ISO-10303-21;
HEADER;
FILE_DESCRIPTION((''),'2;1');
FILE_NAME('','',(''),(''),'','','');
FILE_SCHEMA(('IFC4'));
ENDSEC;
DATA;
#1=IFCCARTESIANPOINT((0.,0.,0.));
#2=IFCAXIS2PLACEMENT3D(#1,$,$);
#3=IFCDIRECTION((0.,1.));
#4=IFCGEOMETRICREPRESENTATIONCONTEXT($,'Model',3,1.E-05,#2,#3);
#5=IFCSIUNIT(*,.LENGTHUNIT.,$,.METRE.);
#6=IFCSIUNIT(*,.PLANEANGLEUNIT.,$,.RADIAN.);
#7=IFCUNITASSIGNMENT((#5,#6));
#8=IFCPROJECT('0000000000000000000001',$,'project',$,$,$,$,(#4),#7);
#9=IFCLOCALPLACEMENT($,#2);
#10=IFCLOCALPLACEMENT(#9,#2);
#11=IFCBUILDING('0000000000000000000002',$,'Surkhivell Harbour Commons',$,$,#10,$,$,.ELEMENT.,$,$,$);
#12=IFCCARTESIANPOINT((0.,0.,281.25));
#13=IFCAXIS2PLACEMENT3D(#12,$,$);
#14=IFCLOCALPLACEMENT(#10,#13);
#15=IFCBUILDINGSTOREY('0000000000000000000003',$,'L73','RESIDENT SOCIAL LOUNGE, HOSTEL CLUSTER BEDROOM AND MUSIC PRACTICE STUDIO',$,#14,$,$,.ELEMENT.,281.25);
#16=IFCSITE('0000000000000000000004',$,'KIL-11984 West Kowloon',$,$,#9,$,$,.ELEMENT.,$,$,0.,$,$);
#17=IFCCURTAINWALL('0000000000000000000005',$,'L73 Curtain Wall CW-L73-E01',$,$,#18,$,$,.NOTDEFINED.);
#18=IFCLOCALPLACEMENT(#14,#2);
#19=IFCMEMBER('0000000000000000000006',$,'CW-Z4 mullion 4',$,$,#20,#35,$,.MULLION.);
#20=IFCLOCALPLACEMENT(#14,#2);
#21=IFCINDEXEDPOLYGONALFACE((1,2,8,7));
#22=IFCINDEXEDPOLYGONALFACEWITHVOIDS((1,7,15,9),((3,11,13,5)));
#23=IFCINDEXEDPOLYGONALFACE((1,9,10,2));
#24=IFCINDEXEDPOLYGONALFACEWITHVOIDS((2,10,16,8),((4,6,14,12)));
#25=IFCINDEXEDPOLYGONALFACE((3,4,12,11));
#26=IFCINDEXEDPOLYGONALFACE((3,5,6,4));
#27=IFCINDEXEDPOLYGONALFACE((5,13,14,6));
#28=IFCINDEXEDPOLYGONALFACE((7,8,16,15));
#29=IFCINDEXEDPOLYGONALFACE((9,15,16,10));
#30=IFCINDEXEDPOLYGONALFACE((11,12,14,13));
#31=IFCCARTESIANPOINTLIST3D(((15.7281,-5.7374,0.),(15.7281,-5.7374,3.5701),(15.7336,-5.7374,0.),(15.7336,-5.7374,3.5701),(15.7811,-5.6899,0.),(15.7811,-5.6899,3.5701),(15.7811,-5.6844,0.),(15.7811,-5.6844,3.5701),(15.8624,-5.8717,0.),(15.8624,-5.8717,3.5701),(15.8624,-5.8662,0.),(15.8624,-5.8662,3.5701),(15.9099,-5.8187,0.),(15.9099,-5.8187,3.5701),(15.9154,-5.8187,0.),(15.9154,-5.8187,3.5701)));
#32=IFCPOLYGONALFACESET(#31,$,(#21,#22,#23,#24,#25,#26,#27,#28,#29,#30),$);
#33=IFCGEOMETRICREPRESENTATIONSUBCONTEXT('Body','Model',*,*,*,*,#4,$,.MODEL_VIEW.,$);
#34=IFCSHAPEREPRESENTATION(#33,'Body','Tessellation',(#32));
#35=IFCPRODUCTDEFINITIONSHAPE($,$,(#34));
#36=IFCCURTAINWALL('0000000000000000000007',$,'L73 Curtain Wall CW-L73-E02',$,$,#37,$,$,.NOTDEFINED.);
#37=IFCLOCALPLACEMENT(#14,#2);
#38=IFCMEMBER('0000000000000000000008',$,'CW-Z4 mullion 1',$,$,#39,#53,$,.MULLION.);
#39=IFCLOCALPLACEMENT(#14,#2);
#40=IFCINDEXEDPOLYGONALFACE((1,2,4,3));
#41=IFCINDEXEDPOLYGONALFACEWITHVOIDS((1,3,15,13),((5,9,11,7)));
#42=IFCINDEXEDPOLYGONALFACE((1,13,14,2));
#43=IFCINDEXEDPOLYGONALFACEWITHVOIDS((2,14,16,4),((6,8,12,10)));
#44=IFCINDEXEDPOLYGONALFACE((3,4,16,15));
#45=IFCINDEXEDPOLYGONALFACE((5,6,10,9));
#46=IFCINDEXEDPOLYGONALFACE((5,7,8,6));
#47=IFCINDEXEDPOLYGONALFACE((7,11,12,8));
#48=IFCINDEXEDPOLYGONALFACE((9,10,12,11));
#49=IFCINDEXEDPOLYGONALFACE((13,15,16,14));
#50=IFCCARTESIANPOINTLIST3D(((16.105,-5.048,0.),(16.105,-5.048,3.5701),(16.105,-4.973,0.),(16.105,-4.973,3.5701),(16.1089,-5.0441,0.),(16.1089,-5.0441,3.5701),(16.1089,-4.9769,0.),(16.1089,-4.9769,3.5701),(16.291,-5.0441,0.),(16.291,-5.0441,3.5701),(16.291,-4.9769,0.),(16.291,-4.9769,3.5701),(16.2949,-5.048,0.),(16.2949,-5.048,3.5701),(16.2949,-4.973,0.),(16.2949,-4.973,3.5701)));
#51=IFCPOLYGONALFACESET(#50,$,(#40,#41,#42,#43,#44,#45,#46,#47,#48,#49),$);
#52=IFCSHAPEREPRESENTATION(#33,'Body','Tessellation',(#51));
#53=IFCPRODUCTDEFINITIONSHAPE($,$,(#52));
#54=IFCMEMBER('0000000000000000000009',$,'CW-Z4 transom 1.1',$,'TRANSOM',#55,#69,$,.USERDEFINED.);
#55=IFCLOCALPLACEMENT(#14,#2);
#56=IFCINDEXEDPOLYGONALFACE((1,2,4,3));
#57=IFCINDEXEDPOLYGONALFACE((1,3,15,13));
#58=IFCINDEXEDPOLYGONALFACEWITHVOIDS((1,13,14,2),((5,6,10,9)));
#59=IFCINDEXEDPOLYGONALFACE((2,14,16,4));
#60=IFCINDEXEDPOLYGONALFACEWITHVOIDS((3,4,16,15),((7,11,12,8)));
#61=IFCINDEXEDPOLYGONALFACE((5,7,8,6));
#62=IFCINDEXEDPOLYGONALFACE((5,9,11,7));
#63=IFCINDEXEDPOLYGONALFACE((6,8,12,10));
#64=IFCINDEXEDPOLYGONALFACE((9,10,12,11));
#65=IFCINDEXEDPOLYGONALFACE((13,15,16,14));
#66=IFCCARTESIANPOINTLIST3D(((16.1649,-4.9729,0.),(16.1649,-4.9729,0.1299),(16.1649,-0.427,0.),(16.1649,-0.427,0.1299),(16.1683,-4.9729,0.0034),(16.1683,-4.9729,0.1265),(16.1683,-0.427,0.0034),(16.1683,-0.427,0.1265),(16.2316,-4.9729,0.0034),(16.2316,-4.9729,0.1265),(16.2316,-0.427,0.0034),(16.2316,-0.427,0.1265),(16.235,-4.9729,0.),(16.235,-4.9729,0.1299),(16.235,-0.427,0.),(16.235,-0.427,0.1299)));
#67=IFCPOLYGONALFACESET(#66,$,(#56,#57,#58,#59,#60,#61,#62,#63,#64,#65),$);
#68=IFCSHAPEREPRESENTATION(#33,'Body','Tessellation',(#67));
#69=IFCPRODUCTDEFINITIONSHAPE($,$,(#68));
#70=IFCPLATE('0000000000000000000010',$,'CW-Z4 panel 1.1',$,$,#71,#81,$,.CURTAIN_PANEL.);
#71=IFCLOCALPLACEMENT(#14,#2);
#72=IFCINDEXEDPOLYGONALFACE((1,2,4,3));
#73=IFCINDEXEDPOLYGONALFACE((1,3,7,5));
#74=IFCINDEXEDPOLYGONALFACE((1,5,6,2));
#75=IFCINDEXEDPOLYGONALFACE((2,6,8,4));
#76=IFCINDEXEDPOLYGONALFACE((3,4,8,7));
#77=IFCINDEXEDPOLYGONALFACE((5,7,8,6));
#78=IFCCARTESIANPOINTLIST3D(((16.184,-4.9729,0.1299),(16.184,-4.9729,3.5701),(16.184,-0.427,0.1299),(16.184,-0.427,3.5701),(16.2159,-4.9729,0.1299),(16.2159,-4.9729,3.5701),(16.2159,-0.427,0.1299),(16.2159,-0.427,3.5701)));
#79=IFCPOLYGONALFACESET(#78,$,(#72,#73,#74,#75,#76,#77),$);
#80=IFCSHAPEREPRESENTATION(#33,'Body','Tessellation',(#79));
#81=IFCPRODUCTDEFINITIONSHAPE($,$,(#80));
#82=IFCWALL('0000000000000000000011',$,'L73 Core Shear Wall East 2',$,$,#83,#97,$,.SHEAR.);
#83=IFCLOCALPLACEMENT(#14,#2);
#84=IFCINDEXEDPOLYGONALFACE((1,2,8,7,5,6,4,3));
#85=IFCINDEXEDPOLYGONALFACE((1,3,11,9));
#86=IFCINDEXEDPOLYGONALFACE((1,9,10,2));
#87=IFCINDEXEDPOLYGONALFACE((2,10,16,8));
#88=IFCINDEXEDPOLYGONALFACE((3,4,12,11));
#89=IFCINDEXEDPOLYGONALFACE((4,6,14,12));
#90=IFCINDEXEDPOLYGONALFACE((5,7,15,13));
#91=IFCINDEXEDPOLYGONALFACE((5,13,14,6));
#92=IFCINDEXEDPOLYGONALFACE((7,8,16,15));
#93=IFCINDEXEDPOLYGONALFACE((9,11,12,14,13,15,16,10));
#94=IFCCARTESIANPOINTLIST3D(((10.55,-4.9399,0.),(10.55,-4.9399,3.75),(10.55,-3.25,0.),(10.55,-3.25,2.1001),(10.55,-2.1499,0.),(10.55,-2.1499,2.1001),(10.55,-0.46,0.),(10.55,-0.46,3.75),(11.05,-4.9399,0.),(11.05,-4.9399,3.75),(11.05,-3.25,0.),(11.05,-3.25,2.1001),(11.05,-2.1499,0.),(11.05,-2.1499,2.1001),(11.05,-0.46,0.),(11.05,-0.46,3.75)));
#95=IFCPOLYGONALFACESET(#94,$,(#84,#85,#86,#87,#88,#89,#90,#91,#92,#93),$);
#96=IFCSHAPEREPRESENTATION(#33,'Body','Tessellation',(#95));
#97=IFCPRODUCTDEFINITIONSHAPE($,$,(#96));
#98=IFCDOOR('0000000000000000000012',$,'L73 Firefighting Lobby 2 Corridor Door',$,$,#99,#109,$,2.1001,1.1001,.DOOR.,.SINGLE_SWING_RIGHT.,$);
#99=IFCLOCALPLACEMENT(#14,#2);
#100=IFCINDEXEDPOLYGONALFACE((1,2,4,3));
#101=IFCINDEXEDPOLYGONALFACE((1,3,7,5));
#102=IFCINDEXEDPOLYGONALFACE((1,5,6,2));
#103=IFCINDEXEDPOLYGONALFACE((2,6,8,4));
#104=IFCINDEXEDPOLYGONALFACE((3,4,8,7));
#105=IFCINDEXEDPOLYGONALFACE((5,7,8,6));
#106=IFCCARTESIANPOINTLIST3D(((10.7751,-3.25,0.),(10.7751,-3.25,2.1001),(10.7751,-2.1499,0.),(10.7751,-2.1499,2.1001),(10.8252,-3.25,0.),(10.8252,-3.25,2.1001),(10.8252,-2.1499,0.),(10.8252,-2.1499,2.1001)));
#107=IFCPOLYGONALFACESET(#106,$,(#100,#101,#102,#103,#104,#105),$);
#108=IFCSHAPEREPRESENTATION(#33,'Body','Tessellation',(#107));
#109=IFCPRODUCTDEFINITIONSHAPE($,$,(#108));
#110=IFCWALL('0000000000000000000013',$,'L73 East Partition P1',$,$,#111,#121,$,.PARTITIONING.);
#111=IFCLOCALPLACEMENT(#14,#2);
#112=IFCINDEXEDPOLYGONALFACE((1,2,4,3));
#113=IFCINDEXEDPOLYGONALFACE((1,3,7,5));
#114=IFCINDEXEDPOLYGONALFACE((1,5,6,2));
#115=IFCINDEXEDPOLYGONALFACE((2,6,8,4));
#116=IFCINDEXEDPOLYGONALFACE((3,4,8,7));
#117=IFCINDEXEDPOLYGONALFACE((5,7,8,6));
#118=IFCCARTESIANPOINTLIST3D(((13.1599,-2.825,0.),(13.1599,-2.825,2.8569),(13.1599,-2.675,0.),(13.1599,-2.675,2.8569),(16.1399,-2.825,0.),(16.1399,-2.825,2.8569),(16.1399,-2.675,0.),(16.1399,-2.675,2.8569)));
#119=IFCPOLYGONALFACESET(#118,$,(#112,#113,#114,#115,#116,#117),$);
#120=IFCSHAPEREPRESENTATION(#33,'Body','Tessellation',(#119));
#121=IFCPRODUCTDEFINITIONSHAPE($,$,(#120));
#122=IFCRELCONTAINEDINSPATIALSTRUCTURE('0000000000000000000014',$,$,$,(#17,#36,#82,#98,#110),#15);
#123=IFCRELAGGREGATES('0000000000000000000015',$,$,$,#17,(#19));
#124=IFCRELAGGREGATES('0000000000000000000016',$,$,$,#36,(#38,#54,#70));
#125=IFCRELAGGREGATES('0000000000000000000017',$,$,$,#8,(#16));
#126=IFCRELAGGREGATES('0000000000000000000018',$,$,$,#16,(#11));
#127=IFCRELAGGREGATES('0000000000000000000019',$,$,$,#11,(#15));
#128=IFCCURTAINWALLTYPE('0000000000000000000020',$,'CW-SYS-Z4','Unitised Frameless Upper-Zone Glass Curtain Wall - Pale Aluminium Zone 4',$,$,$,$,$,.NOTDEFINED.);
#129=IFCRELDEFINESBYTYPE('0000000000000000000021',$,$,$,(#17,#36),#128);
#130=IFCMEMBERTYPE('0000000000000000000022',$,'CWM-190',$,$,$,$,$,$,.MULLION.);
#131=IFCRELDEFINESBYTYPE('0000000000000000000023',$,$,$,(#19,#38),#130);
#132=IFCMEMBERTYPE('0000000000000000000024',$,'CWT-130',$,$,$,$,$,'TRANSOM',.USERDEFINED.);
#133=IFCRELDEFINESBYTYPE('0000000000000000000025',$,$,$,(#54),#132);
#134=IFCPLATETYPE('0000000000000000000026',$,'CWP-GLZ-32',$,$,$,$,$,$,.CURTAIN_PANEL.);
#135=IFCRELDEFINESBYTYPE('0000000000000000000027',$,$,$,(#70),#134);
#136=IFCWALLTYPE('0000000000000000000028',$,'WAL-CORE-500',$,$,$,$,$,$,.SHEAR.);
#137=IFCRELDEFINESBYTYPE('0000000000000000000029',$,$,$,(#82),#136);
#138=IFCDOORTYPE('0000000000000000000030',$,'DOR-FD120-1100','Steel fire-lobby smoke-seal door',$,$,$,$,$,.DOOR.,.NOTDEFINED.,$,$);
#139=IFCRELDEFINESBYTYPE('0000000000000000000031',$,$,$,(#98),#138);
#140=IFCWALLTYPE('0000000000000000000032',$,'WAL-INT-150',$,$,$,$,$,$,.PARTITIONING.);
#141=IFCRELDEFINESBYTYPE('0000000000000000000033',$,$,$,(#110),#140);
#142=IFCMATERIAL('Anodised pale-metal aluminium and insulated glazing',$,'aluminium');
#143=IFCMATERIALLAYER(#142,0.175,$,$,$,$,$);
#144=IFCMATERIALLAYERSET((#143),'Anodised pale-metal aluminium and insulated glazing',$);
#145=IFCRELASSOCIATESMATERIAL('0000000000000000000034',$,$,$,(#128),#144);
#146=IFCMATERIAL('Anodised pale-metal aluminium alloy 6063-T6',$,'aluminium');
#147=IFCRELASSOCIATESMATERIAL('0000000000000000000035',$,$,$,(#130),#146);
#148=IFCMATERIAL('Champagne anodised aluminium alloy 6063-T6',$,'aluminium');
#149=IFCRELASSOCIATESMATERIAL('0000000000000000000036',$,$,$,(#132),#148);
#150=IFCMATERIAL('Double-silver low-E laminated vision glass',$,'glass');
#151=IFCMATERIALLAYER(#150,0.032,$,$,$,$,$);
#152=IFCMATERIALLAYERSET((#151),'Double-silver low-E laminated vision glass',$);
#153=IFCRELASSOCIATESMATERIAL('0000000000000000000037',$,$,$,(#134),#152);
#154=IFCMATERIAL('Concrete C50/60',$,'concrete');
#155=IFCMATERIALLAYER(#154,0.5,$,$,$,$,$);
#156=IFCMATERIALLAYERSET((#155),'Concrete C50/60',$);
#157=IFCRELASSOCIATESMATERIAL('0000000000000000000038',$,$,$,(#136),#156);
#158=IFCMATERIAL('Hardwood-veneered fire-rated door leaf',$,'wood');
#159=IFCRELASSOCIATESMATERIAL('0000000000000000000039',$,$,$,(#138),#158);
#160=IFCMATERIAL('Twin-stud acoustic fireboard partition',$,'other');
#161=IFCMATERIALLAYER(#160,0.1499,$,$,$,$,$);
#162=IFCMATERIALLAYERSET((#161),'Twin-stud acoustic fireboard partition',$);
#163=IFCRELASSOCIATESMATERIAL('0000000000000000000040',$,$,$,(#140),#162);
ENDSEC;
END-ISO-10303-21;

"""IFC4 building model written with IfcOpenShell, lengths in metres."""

from ifc_helpers import new_model, si_unit, direction, frame, frame_2d, origin, origin_2d, place, context, subcontext, project, spatial, rectangle, hollow_rectangle, extrude, material, layer, layer_set, material_profile, profile_set, type_object, element, fill, aggregate, save


model = new_model("IFC4")

# Units and contexts
model_context = context("Model", 3, precision=1e-05, world=origin(), true_north=direction((0.0, 1.0)))
body_context = subcontext(model_context, "Body", "Model", "MODEL_VIEW")
ifc_project = project(units=[si_unit("LENGTHUNIT", "METRE"), si_unit("PLANEANGLEUNIT", "RADIAN")], contexts=[model_context])

# Site, building, storey
site_placement = place(None, origin())
site = spatial("IfcSite", under=ifc_project, at=site_placement, Name="KIL-11984 West Kowloon", CompositionType="ELEMENT", RefElevation=0.0)
building_placement = place(site_placement, origin())
building = spatial("IfcBuilding", under=site, at=building_placement, Name="Surkhivell Harbour Commons", CompositionType="ELEMENT")
storey_placement = place(building_placement, frame((0.0, 0.0, 281.25)))
storey = spatial("IfcBuildingStorey", under=building, at=storey_placement, Name="L73", Description="RESIDENT SOCIAL LOUNGE, HOSTEL CLUSTER BEDROOM AND MUSIC PRACTICE STUDIO", CompositionType="ELEMENT", Elevation=281.25)

# Shared definitions
ifc_material_1 = material(Name="Concrete C50/60", Category="concrete")

# Curtain wall, member
ifc_material_2 = material(Name="Anodised pale-metal aluminium and insulated glazing", Category="aluminium")
ifc_layer_1 = layer(ifc_material_2, 0.175)
ifc_layer_set_1 = layer_set([ifc_layer_1], Name="Anodised pale-metal aluminium and insulated glazing")
curtain_wall_type = type_object("IfcCurtainWallType", Name="CW-SYS-Z4", Description="Unitised Frameless Upper-Zone Glass Curtain Wall - Pale Aluminium Zone 4", PredefinedType="NOTDEFINED", material=ifc_layer_set_1)
curtain_wall_1_placement = place(storey_placement, origin())
curtain_wall_1 = element("IfcCurtainWall", 1, at=curtain_wall_1_placement, inside=storey, type_object=curtain_wall_type, Name="L73 Curtain Wall CW-L73-E01", PredefinedType="NOTDEFINED")
ifc_material_3 = material(Name="Anodised pale-metal aluminium alloy 6063-T6", Category="aluminium")
ifc_material_profile_1 = material_profile(ifc_material_3, hollow_rectangle(XDim=0.075, YDim=0.1899, WallThickness=0.0039, at=origin_2d()), Name="ALU-MULL-75x190")
ifc_profile_set_1 = profile_set([ifc_material_profile_1], Name="Anodised pale-metal aluminium alloy 6063-T6")
member_type_1 = type_object("IfcMemberType", Name="CWM-190", PredefinedType="MULLION", material=ifc_profile_set_1)
member_1_placement = place(storey_placement, frame((15.8218, -5.7781, 0.0), z_axis=(0.0, 0.0, 1.0), x_axis=(0.707107, 0.707107, 0.0)))
member_1 = element("IfcMember", 2, at=member_1_placement, type_object=member_type_1, Name="CW-Z4 mullion 4", PredefinedType="MULLION", context=body_context, shape_type="SweptSolid", body=[
    extrude(hollow_rectangle(XDim=0.075, YDim=0.1899, WallThickness=0.0039, at=origin_2d()), origin(), (0.0, 0.0, 1.0), 3.5701),
])
aggregate(curtain_wall_1, [member_1])

# Curtain wall, members, plate
curtain_wall_2_placement = place(storey_placement, origin())
curtain_wall_2 = element("IfcCurtainWall", 3, at=curtain_wall_2_placement, inside=storey, type_object=curtain_wall_type, Name="L73 Curtain Wall CW-L73-E02", PredefinedType="NOTDEFINED")
member_2_placement = place(storey_placement, frame((16.2, -5.0105, 0.0), z_axis=(0.0, 0.0, 1.0), x_axis=(0.0, 1.0, 0.0)))
member_2 = element("IfcMember", 4, at=member_2_placement, type_object=member_type_1, Name="CW-Z4 mullion 1", PredefinedType="MULLION", context=body_context, shape_type="SweptSolid", body=[
    extrude(hollow_rectangle(XDim=0.075, YDim=0.1899, WallThickness=0.0039, at=origin_2d()), origin(), (0.0, 0.0, 1.0), 3.5701),
])
ifc_material_4 = material(Name="Champagne anodised aluminium alloy 6063-T6", Category="aluminium")
ifc_material_profile_2 = material_profile(ifc_material_4, hollow_rectangle(XDim=0.0701, YDim=0.1299, WallThickness=0.0034, at=origin_2d()), Name="ALU-TRAN-70x130")
ifc_profile_set_2 = profile_set([ifc_material_profile_2], Name="Champagne anodised aluminium alloy 6063-T6")
member_type_2 = type_object("IfcMemberType", Name="CWT-130", ElementType="TRANSOM", PredefinedType="USERDEFINED", material=ifc_profile_set_2)
member_3_placement = place(storey_placement, frame((16.2, -4.9729, 0.0649), z_axis=(0.0, 1.0, 0.0), x_axis=(-1.0, 0.0, 0.0)))
member_3 = element("IfcMember", 5, at=member_3_placement, type_object=member_type_2, Name="CW-Z4 transom 1.1", ObjectType="TRANSOM", PredefinedType="USERDEFINED", context=body_context, shape_type="SweptSolid", body=[
    extrude(hollow_rectangle(XDim=0.0701, YDim=0.1299, WallThickness=0.0034, at=origin_2d()), origin(), (0.0, 0.0, 1.0), 4.5459),
])
ifc_material_5 = material(Name="Double-silver low-E laminated vision glass", Category="glass")
ifc_layer_2 = layer(ifc_material_5, 0.032)
ifc_layer_set_2 = layer_set([ifc_layer_2], Name="Double-silver low-E laminated vision glass")
plate_type = type_object("IfcPlateType", Name="CWP-GLZ-32", PredefinedType="CURTAIN_PANEL", material=ifc_layer_set_2)
plate_placement = place(storey_placement, frame((16.2, -4.9729, 0.1299), z_axis=(0.0, 0.0, 1.0), x_axis=(0.0, 1.0, 0.0)))
plate = element("IfcPlate", 6, at=plate_placement, type_object=plate_type, Name="CW-Z4 panel 1.1", PredefinedType="CURTAIN_PANEL", context=body_context, shape_type="SweptSolid", body=[
    extrude(rectangle(XDim=4.5459, YDim=0.032, at=frame_2d((2.2729, 0.0))), origin(), (0.0, 0.0, 1.0), 3.4402),
])
aggregate(curtain_wall_2, [member_2, member_3, plate])

# Wall, opening, door
ifc_layer_3 = layer(ifc_material_1, 0.5)
ifc_layer_set_3 = layer_set([ifc_layer_3], Name="Concrete C50/60")
wall_type_1 = type_object("IfcWallType", Name="WAL-CORE-500", PredefinedType="SHEAR", material=ifc_layer_set_3)
wall_1_placement = place(storey_placement, frame((10.8, -4.9399, 0.0), z_axis=(0.0, 0.0, 1.0), x_axis=(0.0, 1.0, 0.0)))
wall_1 = element("IfcWall", 7, at=wall_1_placement, inside=storey, type_object=wall_type_1, Name="L73 Core Shear Wall East 2", PredefinedType="SHEAR", context=body_context, shape_type="SweptSolid", body=[
    extrude(rectangle(XDim=4.48, YDim=0.5, at=frame_2d((2.24, 0.0))), origin(), (0.0, 0.0, 1.0), 3.75),
])
opening_1_placement = place(wall_1_placement, frame((1.6899, 0.0, 0.0)))
opening_1 = element("IfcOpeningElement", 8, at=opening_1_placement, cuts=wall_1, PredefinedType="OPENING", context=body_context, shape_type="SweptSolid", body=[
    extrude(rectangle(XDim=1.1001, YDim=2.1001, at=frame_2d((0.55, 1.05))), frame((0.0, 0.26, 0.0), z_axis=(0.0, -1.0, 0.0), x_axis=(1.0, 0.0, 0.0)), (0.0, 0.0, 1.0), 0.52),
])
ifc_material_6 = material(Name="Hardwood-veneered fire-rated door leaf", Category="wood")
door_type_1 = type_object("IfcDoorType", Name="DOR-FD120-1100", Description="Steel fire-lobby smoke-seal door", OperationType="NOTDEFINED", PredefinedType="DOOR", material=ifc_material_6)
door_1_placement = place(opening_1_placement, origin())
door_1 = element("IfcDoor", 9, at=door_1_placement, inside=storey, type_object=door_type_1, Name="L73 Firefighting Lobby 2 Corridor Door", OperationType="SINGLE_SWING_RIGHT", OverallHeight=2.1001, OverallWidth=1.1001, PredefinedType="DOOR", context=body_context, shape_type="SweptSolid", body=[
    extrude(rectangle(XDim=1.1001, YDim=2.1001, at=frame_2d((0.55, 1.05))), frame((0.0, 0.0249, 0.0), z_axis=(0.0, -1.0, 0.0), x_axis=(1.0, 0.0, 0.0)), (0.0, 0.0, 1.0), 0.05),
])
fill(opening_1, door_1)

# Wall
ifc_material_7 = material(Name="Twin-stud acoustic fireboard partition", Category="other")
ifc_layer_4 = layer(ifc_material_7, 0.1499)
ifc_layer_set_4 = layer_set([ifc_layer_4], Name="Twin-stud acoustic fireboard partition")
wall_type_2 = type_object("IfcWallType", Name="WAL-INT-150", PredefinedType="PARTITIONING", material=ifc_layer_set_4)
wall_2_placement = place(storey_placement, frame((13.1599, -2.75, 0.0), z_axis=(0.0, 0.0, 1.0), x_axis=(1.0, 0.0, 0.0)))
element("IfcWall", 10, at=wall_2_placement, inside=storey, type_object=wall_type_2, Name="L73 East Partition P1", PredefinedType="PARTITIONING", context=body_context, shape_type="SweptSolid", body=[
    extrude(rectangle(XDim=2.98, YDim=0.1499, at=frame_2d((1.49, 0.0))), origin(), (0.0, 0.0, 1.0), 2.8569),
])

save(model, "model.ifc")
